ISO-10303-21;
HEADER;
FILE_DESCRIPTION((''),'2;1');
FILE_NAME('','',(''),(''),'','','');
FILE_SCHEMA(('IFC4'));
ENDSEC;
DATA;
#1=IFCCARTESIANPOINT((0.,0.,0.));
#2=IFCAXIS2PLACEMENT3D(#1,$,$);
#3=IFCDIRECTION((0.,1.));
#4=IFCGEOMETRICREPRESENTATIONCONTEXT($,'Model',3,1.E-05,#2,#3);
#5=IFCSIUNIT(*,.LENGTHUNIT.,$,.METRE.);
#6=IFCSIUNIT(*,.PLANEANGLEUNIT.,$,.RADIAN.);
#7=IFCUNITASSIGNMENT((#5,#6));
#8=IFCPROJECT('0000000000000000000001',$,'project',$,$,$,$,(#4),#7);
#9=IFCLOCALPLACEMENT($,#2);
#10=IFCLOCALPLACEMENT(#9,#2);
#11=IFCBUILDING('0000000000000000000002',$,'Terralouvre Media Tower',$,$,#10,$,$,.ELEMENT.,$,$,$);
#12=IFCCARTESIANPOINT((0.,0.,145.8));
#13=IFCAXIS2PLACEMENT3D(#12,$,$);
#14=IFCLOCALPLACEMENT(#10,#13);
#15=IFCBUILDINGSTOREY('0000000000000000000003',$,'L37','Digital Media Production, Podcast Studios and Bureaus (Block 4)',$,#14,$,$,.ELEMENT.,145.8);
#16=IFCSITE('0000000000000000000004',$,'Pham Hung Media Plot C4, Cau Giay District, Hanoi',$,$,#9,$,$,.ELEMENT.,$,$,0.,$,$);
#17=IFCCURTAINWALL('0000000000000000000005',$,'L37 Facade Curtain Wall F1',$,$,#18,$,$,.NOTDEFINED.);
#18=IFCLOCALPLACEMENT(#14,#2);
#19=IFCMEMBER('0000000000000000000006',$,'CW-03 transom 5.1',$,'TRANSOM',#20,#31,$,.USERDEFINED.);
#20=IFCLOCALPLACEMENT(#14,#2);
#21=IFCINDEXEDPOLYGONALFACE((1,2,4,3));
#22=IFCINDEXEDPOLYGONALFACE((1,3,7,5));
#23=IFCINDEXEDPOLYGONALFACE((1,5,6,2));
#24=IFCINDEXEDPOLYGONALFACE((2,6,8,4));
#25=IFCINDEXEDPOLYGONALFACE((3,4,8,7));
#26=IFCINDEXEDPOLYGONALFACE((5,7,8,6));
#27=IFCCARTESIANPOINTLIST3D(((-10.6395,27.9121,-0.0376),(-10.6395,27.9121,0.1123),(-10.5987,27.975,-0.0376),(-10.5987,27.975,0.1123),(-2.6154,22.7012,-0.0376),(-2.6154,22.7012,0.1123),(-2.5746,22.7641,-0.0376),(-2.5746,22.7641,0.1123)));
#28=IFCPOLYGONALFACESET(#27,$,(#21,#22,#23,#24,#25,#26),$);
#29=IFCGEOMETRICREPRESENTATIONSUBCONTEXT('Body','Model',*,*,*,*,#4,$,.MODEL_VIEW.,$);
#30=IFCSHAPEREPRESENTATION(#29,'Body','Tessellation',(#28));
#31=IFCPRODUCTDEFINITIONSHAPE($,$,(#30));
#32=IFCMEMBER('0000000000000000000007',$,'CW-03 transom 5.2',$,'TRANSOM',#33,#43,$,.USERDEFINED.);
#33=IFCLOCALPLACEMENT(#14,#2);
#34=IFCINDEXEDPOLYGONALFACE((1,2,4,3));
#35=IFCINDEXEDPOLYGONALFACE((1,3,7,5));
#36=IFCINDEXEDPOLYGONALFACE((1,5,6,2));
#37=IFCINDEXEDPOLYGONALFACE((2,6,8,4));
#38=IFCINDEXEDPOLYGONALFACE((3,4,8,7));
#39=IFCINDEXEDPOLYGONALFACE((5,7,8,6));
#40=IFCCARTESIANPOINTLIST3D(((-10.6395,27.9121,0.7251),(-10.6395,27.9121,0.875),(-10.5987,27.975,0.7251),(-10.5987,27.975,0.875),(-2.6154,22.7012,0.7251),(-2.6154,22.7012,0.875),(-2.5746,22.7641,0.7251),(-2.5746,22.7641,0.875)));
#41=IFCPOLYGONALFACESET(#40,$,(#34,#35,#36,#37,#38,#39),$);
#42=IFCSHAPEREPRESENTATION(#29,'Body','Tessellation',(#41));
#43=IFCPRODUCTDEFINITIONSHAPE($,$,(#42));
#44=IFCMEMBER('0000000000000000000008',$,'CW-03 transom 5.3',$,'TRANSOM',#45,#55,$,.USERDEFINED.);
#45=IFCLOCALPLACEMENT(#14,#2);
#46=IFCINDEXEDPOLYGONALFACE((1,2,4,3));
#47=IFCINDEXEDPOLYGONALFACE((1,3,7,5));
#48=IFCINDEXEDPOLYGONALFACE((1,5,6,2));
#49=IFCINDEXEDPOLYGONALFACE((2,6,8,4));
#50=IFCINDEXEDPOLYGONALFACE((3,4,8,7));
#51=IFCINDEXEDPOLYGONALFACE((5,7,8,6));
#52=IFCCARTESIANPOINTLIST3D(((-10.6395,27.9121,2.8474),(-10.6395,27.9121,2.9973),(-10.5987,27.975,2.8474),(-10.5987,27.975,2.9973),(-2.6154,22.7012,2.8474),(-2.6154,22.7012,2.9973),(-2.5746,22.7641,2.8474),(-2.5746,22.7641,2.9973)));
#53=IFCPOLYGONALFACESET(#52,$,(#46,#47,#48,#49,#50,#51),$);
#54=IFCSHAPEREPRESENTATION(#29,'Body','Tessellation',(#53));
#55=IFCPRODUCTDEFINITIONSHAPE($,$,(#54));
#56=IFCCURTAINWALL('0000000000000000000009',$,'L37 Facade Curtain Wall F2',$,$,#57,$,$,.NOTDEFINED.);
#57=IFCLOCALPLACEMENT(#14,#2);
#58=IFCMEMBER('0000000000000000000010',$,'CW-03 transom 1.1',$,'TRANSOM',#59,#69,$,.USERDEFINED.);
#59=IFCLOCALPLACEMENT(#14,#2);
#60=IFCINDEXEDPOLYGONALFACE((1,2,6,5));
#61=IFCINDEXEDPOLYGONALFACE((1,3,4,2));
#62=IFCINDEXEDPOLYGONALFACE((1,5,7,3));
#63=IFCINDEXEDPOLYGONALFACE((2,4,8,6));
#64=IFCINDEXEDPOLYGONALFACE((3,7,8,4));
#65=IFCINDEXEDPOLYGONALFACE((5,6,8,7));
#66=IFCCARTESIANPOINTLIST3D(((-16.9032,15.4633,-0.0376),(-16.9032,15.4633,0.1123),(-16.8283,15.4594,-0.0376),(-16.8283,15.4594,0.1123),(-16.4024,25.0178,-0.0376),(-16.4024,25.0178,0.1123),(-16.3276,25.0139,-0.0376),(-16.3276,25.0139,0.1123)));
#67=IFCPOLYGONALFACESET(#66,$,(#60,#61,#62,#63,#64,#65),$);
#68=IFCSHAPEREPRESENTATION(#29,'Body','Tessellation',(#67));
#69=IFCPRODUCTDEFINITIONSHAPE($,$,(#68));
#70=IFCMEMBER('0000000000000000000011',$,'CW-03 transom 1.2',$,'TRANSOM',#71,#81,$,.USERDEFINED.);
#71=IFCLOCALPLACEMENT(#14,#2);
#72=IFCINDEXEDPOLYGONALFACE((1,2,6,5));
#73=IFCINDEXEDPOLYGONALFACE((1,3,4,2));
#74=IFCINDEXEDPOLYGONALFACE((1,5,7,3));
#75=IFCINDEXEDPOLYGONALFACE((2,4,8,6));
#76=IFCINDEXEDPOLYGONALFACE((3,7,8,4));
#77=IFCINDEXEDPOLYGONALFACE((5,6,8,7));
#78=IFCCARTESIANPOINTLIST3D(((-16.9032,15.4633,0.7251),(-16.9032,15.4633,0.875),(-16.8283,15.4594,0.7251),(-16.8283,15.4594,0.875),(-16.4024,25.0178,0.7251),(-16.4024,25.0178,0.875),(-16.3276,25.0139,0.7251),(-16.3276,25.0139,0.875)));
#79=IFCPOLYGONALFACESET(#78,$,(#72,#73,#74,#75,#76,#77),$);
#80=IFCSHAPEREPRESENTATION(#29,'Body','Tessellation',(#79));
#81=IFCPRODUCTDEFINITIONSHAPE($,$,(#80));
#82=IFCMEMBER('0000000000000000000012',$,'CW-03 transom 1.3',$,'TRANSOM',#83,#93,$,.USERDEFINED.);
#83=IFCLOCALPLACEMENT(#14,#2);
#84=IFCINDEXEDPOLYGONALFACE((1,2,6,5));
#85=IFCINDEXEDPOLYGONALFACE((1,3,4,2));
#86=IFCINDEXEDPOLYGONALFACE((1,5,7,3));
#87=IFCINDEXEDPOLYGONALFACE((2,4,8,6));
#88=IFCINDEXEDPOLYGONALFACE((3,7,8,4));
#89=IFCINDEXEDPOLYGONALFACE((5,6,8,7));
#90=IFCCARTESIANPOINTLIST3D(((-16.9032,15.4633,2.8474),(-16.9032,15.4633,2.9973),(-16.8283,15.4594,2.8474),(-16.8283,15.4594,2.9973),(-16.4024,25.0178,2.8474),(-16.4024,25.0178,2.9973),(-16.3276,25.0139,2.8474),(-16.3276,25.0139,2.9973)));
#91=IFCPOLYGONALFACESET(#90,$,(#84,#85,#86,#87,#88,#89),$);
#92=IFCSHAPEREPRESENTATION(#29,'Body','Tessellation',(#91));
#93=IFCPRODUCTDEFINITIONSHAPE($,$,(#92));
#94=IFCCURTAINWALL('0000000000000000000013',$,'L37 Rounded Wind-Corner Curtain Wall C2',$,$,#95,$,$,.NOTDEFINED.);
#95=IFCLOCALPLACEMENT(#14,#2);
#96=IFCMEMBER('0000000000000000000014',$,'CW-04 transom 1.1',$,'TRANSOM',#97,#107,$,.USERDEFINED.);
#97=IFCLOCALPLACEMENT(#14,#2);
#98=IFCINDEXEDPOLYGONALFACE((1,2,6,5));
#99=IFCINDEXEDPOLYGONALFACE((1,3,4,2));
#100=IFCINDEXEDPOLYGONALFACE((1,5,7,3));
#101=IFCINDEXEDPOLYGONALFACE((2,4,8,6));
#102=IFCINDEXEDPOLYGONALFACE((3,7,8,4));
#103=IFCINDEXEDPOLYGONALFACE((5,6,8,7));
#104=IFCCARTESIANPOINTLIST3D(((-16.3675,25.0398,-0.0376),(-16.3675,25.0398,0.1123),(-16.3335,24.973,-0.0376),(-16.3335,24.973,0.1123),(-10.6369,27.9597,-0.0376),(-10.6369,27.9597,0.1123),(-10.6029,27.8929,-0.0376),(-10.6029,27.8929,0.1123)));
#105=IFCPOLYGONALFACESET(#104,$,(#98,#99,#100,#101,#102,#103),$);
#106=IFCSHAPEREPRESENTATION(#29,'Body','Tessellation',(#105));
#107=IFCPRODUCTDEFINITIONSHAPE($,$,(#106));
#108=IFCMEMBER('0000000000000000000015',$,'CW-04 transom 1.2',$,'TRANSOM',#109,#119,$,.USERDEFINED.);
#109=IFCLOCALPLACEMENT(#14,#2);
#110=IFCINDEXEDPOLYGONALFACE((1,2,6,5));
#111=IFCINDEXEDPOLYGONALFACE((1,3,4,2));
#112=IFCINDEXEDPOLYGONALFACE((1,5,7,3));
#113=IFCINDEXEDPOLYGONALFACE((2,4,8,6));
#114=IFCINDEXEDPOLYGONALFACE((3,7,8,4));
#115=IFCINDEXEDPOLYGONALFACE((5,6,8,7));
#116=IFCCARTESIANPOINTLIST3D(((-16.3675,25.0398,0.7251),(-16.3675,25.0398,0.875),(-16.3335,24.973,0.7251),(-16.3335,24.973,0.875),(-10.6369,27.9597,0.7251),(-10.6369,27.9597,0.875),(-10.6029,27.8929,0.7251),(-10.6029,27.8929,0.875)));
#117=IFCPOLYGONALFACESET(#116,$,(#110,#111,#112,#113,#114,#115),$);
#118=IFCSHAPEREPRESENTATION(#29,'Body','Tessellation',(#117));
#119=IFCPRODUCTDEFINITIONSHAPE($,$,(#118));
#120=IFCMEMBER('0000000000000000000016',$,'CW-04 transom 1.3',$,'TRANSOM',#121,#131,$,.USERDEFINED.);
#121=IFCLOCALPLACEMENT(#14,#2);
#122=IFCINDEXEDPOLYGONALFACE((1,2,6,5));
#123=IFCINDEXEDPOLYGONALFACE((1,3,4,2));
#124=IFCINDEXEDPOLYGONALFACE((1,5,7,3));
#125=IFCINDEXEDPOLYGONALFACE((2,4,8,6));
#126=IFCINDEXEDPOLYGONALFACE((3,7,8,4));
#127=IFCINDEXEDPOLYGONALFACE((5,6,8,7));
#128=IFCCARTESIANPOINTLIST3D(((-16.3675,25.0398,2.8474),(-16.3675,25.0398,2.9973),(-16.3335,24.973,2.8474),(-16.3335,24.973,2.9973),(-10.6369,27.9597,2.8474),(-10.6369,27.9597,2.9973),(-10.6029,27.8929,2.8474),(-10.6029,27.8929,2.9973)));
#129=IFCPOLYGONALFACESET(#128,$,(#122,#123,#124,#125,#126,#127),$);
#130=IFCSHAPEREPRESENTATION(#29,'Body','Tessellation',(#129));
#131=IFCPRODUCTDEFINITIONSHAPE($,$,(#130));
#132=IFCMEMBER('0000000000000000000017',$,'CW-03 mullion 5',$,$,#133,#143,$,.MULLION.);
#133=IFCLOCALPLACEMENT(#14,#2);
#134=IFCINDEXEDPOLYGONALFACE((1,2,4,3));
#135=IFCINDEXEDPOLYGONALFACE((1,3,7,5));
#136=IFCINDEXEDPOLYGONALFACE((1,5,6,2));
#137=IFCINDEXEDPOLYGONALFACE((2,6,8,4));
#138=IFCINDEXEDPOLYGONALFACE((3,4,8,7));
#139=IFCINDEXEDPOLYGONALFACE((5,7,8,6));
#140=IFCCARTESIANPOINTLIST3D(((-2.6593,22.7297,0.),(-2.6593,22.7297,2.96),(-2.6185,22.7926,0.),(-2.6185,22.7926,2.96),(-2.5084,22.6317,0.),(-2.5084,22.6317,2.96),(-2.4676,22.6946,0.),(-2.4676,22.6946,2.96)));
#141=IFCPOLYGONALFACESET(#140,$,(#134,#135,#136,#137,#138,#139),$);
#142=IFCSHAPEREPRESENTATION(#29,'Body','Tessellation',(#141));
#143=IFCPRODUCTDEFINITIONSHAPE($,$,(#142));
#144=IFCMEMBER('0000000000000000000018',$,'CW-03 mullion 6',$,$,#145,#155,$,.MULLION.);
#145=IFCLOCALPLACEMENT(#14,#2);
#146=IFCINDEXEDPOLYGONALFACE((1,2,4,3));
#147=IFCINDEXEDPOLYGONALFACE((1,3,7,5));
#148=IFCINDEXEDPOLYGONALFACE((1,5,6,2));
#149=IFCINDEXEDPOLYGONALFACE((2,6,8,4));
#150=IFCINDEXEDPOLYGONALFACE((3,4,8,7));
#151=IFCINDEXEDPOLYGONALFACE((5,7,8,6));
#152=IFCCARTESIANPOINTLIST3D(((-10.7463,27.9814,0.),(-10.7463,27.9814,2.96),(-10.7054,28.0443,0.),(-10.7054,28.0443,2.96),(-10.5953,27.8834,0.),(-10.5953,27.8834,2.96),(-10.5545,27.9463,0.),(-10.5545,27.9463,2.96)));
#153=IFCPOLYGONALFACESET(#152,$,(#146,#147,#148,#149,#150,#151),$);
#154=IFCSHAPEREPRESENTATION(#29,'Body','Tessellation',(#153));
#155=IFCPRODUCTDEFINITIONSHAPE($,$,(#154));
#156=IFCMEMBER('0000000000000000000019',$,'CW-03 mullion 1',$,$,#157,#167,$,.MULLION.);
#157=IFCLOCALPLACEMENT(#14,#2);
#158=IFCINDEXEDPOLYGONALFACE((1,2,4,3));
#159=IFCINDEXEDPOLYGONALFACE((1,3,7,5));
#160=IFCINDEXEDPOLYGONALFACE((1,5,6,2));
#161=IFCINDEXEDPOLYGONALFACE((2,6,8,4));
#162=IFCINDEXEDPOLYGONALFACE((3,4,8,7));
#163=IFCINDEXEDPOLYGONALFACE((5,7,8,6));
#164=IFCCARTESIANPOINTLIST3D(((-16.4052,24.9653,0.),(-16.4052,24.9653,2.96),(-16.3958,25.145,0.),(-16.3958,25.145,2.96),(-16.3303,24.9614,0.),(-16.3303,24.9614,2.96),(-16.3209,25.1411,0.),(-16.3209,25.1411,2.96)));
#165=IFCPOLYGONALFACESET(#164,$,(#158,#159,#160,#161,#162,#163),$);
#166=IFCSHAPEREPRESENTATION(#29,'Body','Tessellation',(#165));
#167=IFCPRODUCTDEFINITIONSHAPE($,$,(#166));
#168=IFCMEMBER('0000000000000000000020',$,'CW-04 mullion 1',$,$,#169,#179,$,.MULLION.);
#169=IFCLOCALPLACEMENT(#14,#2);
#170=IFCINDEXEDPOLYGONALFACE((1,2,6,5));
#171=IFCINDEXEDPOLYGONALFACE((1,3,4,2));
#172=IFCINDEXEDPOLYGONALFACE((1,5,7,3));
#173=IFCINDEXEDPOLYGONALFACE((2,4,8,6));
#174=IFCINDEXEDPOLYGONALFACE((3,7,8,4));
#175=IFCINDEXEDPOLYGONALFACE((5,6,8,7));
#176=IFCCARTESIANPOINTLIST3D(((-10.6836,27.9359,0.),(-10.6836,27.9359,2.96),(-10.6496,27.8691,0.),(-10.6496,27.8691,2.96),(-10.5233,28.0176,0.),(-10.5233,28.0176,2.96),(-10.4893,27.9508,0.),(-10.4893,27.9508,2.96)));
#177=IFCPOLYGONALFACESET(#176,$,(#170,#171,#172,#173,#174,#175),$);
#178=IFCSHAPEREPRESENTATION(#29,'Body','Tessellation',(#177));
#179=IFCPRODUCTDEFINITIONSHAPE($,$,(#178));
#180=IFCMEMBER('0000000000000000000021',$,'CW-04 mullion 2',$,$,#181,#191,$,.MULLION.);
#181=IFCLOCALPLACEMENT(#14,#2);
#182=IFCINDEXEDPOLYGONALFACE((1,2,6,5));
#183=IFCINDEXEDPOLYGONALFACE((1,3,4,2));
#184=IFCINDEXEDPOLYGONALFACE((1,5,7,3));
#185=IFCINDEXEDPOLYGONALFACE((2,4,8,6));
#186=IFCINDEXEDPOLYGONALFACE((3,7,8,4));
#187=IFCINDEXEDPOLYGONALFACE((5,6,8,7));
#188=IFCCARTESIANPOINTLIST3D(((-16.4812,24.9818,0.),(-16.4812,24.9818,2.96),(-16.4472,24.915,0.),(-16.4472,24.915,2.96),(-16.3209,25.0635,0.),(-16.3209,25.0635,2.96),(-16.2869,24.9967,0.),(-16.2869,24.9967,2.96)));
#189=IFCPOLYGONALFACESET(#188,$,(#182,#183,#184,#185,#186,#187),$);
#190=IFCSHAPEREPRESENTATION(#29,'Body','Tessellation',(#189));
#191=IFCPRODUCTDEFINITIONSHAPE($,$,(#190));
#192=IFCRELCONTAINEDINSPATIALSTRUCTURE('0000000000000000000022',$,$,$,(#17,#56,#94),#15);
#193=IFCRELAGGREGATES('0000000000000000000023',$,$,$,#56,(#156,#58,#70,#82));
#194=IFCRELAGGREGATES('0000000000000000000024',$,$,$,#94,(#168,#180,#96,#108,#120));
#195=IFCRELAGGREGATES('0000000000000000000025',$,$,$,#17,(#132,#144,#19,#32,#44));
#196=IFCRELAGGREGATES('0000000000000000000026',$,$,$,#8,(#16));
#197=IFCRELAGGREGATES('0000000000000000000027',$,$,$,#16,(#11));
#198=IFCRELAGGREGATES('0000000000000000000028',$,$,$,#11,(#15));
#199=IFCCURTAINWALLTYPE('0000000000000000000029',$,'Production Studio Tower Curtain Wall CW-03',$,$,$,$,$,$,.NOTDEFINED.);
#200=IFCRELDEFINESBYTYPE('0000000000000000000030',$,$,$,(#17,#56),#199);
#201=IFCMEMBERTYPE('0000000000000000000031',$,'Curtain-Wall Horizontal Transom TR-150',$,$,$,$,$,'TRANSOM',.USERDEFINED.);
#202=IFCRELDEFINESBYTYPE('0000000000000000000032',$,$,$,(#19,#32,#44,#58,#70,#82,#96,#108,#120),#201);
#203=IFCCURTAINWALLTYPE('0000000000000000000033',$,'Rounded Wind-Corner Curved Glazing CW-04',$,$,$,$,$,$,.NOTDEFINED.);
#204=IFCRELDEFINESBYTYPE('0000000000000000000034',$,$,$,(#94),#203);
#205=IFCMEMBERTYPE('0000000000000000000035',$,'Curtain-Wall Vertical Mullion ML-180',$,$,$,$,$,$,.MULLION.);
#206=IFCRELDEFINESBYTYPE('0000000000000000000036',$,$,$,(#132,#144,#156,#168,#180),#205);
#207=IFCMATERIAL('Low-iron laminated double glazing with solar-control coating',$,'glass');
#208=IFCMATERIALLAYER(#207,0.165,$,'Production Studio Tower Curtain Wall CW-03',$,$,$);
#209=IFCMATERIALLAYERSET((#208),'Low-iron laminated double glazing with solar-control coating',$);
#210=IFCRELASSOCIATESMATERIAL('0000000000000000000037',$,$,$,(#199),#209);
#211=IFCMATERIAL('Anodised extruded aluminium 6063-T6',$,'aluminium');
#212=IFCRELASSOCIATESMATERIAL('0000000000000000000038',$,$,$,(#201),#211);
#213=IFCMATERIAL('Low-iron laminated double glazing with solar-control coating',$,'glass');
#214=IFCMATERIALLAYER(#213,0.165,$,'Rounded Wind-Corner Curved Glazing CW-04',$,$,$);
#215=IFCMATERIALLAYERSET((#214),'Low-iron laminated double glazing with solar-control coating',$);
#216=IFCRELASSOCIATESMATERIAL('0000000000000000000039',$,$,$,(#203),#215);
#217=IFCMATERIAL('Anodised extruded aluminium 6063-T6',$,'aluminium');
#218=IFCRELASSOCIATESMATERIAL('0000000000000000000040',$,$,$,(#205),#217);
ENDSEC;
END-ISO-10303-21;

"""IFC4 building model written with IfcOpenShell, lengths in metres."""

from ifc_helpers import new_model, si_unit, direction, frame, origin, origin_2d, place, context, subcontext, project, spatial, rectangle, extrude, material, layer, layer_set, material_profile, profile_set, type_object, element, aggregate, save


model = new_model("IFC4")

# Units and contexts
model_context = context("Model", 3, precision=1e-05, world=origin(), true_north=direction((0.0, 1.0)))
body_context = subcontext(model_context, "Body", "Model", "MODEL_VIEW")
ifc_project = project(units=[si_unit("LENGTHUNIT", "METRE"), si_unit("PLANEANGLEUNIT", "RADIAN")], contexts=[model_context])

# Site, building, storey
site_placement = place(None, origin())
site = spatial("IfcSite", under=ifc_project, at=site_placement, Name="Pham Hung Media Plot C4, Cau Giay District, Hanoi", CompositionType="ELEMENT", RefElevation=0.0)
building_placement = place(site_placement, origin())
building = spatial("IfcBuilding", under=site, at=building_placement, Name="Terralouvre Media Tower", CompositionType="ELEMENT")
storey_placement = place(building_placement, frame((0.0, 0.0, 145.8)))
storey = spatial("IfcBuildingStorey", under=building, at=storey_placement, Name="L37", Description="Digital Media Production, Podcast Studios and Bureaus (Block 4)", CompositionType="ELEMENT", Elevation=145.8)

# Curtain walls, members
ifc_material_1 = material(Name="Low-iron laminated double glazing with solar-control coating", Category="glass")
ifc_layer_1 = layer(ifc_material_1, 0.165, Name="Production Studio Tower Curtain Wall CW-03")
ifc_layer_set_1 = layer_set([ifc_layer_1], Name="Low-iron laminated double glazing with solar-control coating")
curtain_wall_type_1 = type_object("IfcCurtainWallType", Name="Production Studio Tower Curtain Wall CW-03", PredefinedType="NOTDEFINED", material=ifc_layer_set_1)
curtain_wall_1_placement = place(storey_placement, origin())
curtain_wall_1 = element("IfcCurtainWall", 1, at=curtain_wall_1_placement, inside=storey, type_object=curtain_wall_type_1, Name="L37 Facade Curtain Wall F1", PredefinedType="NOTDEFINED")
ifc_material_2 = material(Name="Anodised extruded aluminium 6063-T6", Category="aluminium")
ifc_material_profile_1 = material_profile(ifc_material_2, rectangle(XDim=0.075, YDim=0.1499, at=origin_2d()), Name="ALU 75x150")
ifc_profile_set_1 = profile_set([ifc_material_profile_1], Name="Anodised extruded aluminium 6063-T6")
member_type_1 = type_object("IfcMemberType", Name="Curtain-Wall Horizontal Transom TR-150", ElementType="TRANSOM", PredefinedType="USERDEFINED", material=ifc_profile_set_1)
member_1_placement = place(storey_placement, frame((-2.595, 22.7327, 0.0374), z_axis=(-0.838671, 0.544638, 0.0), x_axis=(-0.544638, -0.838671, 0.0)))
member_1 = element("IfcMember", 2, at=member_1_placement, type_object=member_type_1, Name="CW-03 transom 5.1", ObjectType="TRANSOM", PredefinedType="USERDEFINED", context=body_context, shape_type="SweptSolid", body=[
    extrude(rectangle(XDim=0.075, YDim=0.1499, at=origin_2d()), origin(), (0.0, 0.0, 1.0), 9.5676),
])
member_2_placement = place(storey_placement, frame((-2.595, 22.7327, 0.8), z_axis=(-0.838671, 0.544638, 0.0), x_axis=(-0.544638, -0.838671, 0.0)))
member_2 = element("IfcMember", 3, at=member_2_placement, type_object=member_type_1, Name="CW-03 transom 5.2", ObjectType="TRANSOM", PredefinedType="USERDEFINED", context=body_context, shape_type="SweptSolid", body=[
    extrude(rectangle(XDim=0.075, YDim=0.1499, at=origin_2d()), origin(), (0.0, 0.0, 1.0), 9.5676),
])
member_3_placement = place(storey_placement, frame((-2.595, 22.7327, 2.9224), z_axis=(-0.838671, 0.544638, 0.0), x_axis=(-0.544638, -0.838671, 0.0)))
member_3 = element("IfcMember", 4, at=member_3_placement, type_object=member_type_1, Name="CW-03 transom 5.3", ObjectType="TRANSOM", PredefinedType="USERDEFINED", context=body_context, shape_type="SweptSolid", body=[
    extrude(rectangle(XDim=0.075, YDim=0.1499, at=origin_2d()), origin(), (0.0, 0.0, 1.0), 9.5676),
])
curtain_wall_2_placement = place(storey_placement, origin())
curtain_wall_2 = element("IfcCurtainWall", 5, at=curtain_wall_2_placement, inside=storey, type_object=curtain_wall_type_1, Name="L37 Facade Curtain Wall F2", PredefinedType="NOTDEFINED")
member_4_placement = place(storey_placement, frame((-16.365, 25.0159, 0.0374), z_axis=(-0.052337, -0.99863, 0.0), x_axis=(0.99863, -0.052337, 0.0)))
member_4 = element("IfcMember", 6, at=member_4_placement, type_object=member_type_1, Name="CW-03 transom 1.1", ObjectType="TRANSOM", PredefinedType="USERDEFINED", context=body_context, shape_type="SweptSolid", body=[
    extrude(rectangle(XDim=0.075, YDim=0.1499, at=origin_2d()), origin(), (0.0, 0.0, 1.0), 9.5676),
])
member_5_placement = place(storey_placement, frame((-16.365, 25.0159, 0.8), z_axis=(-0.052337, -0.99863, 0.0), x_axis=(0.99863, -0.052337, 0.0)))
member_5 = element("IfcMember", 7, at=member_5_placement, type_object=member_type_1, Name="CW-03 transom 1.2", ObjectType="TRANSOM", PredefinedType="USERDEFINED", context=body_context, shape_type="SweptSolid", body=[
    extrude(rectangle(XDim=0.075, YDim=0.1499, at=origin_2d()), origin(), (0.0, 0.0, 1.0), 9.5676),
])
member_6_placement = place(storey_placement, frame((-16.365, 25.0159, 2.9224), z_axis=(-0.052337, -0.99863, 0.0), x_axis=(0.99863, -0.052337, 0.0)))
member_6 = element("IfcMember", 8, at=member_6_placement, type_object=member_type_1, Name="CW-03 transom 1.3", ObjectType="TRANSOM", PredefinedType="USERDEFINED", context=body_context, shape_type="SweptSolid", body=[
    extrude(rectangle(XDim=0.075, YDim=0.1499, at=origin_2d()), origin(), (0.0, 0.0, 1.0), 9.5676),
])
ifc_material_3 = material(Name="Low-iron laminated double glazing with solar-control coating", Category="glass")
ifc_layer_2 = layer(ifc_material_3, 0.165, Name="Rounded Wind-Corner Curved Glazing CW-04")
ifc_layer_set_2 = layer_set([ifc_layer_2], Name="Low-iron laminated double glazing with solar-control coating")
curtain_wall_type_2 = type_object("IfcCurtainWallType", Name="Rounded Wind-Corner Curved Glazing CW-04", PredefinedType="NOTDEFINED", material=ifc_layer_set_2)
curtain_wall_3_placement = place(storey_placement, origin())
curtain_wall_3 = element("IfcCurtainWall", 9, at=curtain_wall_3_placement, inside=storey, type_object=curtain_wall_type_2, Name="L37 Rounded Wind-Corner Curtain Wall C2", PredefinedType="NOTDEFINED")
member_7_placement = place(storey_placement, frame((-10.6199, 27.9263, 0.0374), z_axis=(-0.891008, -0.453988, 0.0), x_axis=(0.453988, -0.891008, 0.0)))
member_7 = element("IfcMember", 10, at=member_7_placement, type_object=member_type_1, Name="CW-04 transom 1.1", ObjectType="TRANSOM", PredefinedType="USERDEFINED", context=body_context, shape_type="SweptSolid", body=[
    extrude(rectangle(XDim=0.075, YDim=0.1499, at=origin_2d()), origin(), (0.0, 0.0, 1.0), 6.4316),
])
member_8_placement = place(storey_placement, frame((-10.6199, 27.9263, 0.8), z_axis=(-0.891008, -0.453988, 0.0), x_axis=(0.453988, -0.891008, 0.0)))
member_8 = element("IfcMember", 11, at=member_8_placement, type_object=member_type_1, Name="CW-04 transom 1.2", ObjectType="TRANSOM", PredefinedType="USERDEFINED", context=body_context, shape_type="SweptSolid", body=[
    extrude(rectangle(XDim=0.075, YDim=0.1499, at=origin_2d()), origin(), (0.0, 0.0, 1.0), 6.4316),
])
member_9_placement = place(storey_placement, frame((-10.6199, 27.9263, 2.9224), z_axis=(-0.891008, -0.453988, 0.0), x_axis=(0.453988, -0.891008, 0.0)))
member_9 = element("IfcMember", 12, at=member_9_placement, type_object=member_type_1, Name="CW-04 transom 1.3", ObjectType="TRANSOM", PredefinedType="USERDEFINED", context=body_context, shape_type="SweptSolid", body=[
    extrude(rectangle(XDim=0.075, YDim=0.1499, at=origin_2d()), origin(), (0.0, 0.0, 1.0), 6.4316),
])

# Members
ifc_material_4 = material(Name="Anodised extruded aluminium 6063-T6", Category="aluminium")
ifc_material_profile_2 = material_profile(ifc_material_4, rectangle(XDim=0.075, YDim=0.1799, at=origin_2d()), Name="ALU 75x180")
ifc_profile_set_2 = profile_set([ifc_material_profile_2], Name="Anodised extruded aluminium 6063-T6")
member_type_2 = type_object("IfcMemberType", Name="Curtain-Wall Vertical Mullion ML-180", PredefinedType="MULLION", material=ifc_profile_set_2)
member_10_placement = place(storey_placement, frame((-2.5635, 22.7122, 0.0), z_axis=(0.0, 0.0, 1.0), x_axis=(-0.544639, -0.838671, 0.0)))
member_10 = element("IfcMember", 13, at=member_10_placement, type_object=member_type_2, Name="CW-03 mullion 5", PredefinedType="MULLION", context=body_context, shape_type="SweptSolid", body=[
    extrude(rectangle(XDim=0.075, YDim=0.1799, at=origin_2d()), origin(), (0.0, 0.0, 1.0), 2.96),
])
member_11_placement = place(storey_placement, frame((-10.6504, 27.9639, 0.0), z_axis=(0.0, 0.0, 1.0), x_axis=(-0.544639, -0.838671, 0.0)))
member_11 = element("IfcMember", 14, at=member_11_placement, type_object=member_type_2, Name="CW-03 mullion 6", PredefinedType="MULLION", context=body_context, shape_type="SweptSolid", body=[
    extrude(rectangle(XDim=0.075, YDim=0.1799, at=origin_2d()), origin(), (0.0, 0.0, 1.0), 2.96),
])
member_12_placement = place(storey_placement, frame((-16.363, 25.0532, 0.0), z_axis=(0.0, 0.0, 1.0), x_axis=(0.99863, -0.052336, 0.0)))
member_12 = element("IfcMember", 15, at=member_12_placement, type_object=member_type_2, Name="CW-03 mullion 1", PredefinedType="MULLION", context=body_context, shape_type="SweptSolid", body=[
    extrude(rectangle(XDim=0.075, YDim=0.1799, at=origin_2d()), origin(), (0.0, 0.0, 1.0), 2.96),
])
aggregate(curtain_wall_2, [member_12, member_4, member_5, member_6])
member_13_placement = place(storey_placement, frame((-10.5864, 27.9434, 0.0), z_axis=(0.0, 0.0, 1.0), x_axis=(0.45399, -0.891007, 0.0)))
member_13 = element("IfcMember", 16, at=member_13_placement, type_object=member_type_2, Name="CW-04 mullion 1", PredefinedType="MULLION", context=body_context, shape_type="SweptSolid", body=[
    extrude(rectangle(XDim=0.075, YDim=0.1799, at=origin_2d()), origin(), (0.0, 0.0, 1.0), 2.96),
])
member_14_placement = place(storey_placement, frame((-16.384, 24.9893, 0.0), z_axis=(0.0, 0.0, 1.0), x_axis=(0.45399, -0.891007, 0.0)))
member_14 = element("IfcMember", 17, at=member_14_placement, type_object=member_type_2, Name="CW-04 mullion 2", PredefinedType="MULLION", context=body_context, shape_type="SweptSolid", body=[
    extrude(rectangle(XDim=0.075, YDim=0.1799, at=origin_2d()), origin(), (0.0, 0.0, 1.0), 2.96),
])

aggregate(curtain_wall_3, [member_13, member_14, member_7, member_8, member_9])
aggregate(curtain_wall_1, [member_10, member_11, member_1, member_2, member_3])

save(model, "model.ifc")
